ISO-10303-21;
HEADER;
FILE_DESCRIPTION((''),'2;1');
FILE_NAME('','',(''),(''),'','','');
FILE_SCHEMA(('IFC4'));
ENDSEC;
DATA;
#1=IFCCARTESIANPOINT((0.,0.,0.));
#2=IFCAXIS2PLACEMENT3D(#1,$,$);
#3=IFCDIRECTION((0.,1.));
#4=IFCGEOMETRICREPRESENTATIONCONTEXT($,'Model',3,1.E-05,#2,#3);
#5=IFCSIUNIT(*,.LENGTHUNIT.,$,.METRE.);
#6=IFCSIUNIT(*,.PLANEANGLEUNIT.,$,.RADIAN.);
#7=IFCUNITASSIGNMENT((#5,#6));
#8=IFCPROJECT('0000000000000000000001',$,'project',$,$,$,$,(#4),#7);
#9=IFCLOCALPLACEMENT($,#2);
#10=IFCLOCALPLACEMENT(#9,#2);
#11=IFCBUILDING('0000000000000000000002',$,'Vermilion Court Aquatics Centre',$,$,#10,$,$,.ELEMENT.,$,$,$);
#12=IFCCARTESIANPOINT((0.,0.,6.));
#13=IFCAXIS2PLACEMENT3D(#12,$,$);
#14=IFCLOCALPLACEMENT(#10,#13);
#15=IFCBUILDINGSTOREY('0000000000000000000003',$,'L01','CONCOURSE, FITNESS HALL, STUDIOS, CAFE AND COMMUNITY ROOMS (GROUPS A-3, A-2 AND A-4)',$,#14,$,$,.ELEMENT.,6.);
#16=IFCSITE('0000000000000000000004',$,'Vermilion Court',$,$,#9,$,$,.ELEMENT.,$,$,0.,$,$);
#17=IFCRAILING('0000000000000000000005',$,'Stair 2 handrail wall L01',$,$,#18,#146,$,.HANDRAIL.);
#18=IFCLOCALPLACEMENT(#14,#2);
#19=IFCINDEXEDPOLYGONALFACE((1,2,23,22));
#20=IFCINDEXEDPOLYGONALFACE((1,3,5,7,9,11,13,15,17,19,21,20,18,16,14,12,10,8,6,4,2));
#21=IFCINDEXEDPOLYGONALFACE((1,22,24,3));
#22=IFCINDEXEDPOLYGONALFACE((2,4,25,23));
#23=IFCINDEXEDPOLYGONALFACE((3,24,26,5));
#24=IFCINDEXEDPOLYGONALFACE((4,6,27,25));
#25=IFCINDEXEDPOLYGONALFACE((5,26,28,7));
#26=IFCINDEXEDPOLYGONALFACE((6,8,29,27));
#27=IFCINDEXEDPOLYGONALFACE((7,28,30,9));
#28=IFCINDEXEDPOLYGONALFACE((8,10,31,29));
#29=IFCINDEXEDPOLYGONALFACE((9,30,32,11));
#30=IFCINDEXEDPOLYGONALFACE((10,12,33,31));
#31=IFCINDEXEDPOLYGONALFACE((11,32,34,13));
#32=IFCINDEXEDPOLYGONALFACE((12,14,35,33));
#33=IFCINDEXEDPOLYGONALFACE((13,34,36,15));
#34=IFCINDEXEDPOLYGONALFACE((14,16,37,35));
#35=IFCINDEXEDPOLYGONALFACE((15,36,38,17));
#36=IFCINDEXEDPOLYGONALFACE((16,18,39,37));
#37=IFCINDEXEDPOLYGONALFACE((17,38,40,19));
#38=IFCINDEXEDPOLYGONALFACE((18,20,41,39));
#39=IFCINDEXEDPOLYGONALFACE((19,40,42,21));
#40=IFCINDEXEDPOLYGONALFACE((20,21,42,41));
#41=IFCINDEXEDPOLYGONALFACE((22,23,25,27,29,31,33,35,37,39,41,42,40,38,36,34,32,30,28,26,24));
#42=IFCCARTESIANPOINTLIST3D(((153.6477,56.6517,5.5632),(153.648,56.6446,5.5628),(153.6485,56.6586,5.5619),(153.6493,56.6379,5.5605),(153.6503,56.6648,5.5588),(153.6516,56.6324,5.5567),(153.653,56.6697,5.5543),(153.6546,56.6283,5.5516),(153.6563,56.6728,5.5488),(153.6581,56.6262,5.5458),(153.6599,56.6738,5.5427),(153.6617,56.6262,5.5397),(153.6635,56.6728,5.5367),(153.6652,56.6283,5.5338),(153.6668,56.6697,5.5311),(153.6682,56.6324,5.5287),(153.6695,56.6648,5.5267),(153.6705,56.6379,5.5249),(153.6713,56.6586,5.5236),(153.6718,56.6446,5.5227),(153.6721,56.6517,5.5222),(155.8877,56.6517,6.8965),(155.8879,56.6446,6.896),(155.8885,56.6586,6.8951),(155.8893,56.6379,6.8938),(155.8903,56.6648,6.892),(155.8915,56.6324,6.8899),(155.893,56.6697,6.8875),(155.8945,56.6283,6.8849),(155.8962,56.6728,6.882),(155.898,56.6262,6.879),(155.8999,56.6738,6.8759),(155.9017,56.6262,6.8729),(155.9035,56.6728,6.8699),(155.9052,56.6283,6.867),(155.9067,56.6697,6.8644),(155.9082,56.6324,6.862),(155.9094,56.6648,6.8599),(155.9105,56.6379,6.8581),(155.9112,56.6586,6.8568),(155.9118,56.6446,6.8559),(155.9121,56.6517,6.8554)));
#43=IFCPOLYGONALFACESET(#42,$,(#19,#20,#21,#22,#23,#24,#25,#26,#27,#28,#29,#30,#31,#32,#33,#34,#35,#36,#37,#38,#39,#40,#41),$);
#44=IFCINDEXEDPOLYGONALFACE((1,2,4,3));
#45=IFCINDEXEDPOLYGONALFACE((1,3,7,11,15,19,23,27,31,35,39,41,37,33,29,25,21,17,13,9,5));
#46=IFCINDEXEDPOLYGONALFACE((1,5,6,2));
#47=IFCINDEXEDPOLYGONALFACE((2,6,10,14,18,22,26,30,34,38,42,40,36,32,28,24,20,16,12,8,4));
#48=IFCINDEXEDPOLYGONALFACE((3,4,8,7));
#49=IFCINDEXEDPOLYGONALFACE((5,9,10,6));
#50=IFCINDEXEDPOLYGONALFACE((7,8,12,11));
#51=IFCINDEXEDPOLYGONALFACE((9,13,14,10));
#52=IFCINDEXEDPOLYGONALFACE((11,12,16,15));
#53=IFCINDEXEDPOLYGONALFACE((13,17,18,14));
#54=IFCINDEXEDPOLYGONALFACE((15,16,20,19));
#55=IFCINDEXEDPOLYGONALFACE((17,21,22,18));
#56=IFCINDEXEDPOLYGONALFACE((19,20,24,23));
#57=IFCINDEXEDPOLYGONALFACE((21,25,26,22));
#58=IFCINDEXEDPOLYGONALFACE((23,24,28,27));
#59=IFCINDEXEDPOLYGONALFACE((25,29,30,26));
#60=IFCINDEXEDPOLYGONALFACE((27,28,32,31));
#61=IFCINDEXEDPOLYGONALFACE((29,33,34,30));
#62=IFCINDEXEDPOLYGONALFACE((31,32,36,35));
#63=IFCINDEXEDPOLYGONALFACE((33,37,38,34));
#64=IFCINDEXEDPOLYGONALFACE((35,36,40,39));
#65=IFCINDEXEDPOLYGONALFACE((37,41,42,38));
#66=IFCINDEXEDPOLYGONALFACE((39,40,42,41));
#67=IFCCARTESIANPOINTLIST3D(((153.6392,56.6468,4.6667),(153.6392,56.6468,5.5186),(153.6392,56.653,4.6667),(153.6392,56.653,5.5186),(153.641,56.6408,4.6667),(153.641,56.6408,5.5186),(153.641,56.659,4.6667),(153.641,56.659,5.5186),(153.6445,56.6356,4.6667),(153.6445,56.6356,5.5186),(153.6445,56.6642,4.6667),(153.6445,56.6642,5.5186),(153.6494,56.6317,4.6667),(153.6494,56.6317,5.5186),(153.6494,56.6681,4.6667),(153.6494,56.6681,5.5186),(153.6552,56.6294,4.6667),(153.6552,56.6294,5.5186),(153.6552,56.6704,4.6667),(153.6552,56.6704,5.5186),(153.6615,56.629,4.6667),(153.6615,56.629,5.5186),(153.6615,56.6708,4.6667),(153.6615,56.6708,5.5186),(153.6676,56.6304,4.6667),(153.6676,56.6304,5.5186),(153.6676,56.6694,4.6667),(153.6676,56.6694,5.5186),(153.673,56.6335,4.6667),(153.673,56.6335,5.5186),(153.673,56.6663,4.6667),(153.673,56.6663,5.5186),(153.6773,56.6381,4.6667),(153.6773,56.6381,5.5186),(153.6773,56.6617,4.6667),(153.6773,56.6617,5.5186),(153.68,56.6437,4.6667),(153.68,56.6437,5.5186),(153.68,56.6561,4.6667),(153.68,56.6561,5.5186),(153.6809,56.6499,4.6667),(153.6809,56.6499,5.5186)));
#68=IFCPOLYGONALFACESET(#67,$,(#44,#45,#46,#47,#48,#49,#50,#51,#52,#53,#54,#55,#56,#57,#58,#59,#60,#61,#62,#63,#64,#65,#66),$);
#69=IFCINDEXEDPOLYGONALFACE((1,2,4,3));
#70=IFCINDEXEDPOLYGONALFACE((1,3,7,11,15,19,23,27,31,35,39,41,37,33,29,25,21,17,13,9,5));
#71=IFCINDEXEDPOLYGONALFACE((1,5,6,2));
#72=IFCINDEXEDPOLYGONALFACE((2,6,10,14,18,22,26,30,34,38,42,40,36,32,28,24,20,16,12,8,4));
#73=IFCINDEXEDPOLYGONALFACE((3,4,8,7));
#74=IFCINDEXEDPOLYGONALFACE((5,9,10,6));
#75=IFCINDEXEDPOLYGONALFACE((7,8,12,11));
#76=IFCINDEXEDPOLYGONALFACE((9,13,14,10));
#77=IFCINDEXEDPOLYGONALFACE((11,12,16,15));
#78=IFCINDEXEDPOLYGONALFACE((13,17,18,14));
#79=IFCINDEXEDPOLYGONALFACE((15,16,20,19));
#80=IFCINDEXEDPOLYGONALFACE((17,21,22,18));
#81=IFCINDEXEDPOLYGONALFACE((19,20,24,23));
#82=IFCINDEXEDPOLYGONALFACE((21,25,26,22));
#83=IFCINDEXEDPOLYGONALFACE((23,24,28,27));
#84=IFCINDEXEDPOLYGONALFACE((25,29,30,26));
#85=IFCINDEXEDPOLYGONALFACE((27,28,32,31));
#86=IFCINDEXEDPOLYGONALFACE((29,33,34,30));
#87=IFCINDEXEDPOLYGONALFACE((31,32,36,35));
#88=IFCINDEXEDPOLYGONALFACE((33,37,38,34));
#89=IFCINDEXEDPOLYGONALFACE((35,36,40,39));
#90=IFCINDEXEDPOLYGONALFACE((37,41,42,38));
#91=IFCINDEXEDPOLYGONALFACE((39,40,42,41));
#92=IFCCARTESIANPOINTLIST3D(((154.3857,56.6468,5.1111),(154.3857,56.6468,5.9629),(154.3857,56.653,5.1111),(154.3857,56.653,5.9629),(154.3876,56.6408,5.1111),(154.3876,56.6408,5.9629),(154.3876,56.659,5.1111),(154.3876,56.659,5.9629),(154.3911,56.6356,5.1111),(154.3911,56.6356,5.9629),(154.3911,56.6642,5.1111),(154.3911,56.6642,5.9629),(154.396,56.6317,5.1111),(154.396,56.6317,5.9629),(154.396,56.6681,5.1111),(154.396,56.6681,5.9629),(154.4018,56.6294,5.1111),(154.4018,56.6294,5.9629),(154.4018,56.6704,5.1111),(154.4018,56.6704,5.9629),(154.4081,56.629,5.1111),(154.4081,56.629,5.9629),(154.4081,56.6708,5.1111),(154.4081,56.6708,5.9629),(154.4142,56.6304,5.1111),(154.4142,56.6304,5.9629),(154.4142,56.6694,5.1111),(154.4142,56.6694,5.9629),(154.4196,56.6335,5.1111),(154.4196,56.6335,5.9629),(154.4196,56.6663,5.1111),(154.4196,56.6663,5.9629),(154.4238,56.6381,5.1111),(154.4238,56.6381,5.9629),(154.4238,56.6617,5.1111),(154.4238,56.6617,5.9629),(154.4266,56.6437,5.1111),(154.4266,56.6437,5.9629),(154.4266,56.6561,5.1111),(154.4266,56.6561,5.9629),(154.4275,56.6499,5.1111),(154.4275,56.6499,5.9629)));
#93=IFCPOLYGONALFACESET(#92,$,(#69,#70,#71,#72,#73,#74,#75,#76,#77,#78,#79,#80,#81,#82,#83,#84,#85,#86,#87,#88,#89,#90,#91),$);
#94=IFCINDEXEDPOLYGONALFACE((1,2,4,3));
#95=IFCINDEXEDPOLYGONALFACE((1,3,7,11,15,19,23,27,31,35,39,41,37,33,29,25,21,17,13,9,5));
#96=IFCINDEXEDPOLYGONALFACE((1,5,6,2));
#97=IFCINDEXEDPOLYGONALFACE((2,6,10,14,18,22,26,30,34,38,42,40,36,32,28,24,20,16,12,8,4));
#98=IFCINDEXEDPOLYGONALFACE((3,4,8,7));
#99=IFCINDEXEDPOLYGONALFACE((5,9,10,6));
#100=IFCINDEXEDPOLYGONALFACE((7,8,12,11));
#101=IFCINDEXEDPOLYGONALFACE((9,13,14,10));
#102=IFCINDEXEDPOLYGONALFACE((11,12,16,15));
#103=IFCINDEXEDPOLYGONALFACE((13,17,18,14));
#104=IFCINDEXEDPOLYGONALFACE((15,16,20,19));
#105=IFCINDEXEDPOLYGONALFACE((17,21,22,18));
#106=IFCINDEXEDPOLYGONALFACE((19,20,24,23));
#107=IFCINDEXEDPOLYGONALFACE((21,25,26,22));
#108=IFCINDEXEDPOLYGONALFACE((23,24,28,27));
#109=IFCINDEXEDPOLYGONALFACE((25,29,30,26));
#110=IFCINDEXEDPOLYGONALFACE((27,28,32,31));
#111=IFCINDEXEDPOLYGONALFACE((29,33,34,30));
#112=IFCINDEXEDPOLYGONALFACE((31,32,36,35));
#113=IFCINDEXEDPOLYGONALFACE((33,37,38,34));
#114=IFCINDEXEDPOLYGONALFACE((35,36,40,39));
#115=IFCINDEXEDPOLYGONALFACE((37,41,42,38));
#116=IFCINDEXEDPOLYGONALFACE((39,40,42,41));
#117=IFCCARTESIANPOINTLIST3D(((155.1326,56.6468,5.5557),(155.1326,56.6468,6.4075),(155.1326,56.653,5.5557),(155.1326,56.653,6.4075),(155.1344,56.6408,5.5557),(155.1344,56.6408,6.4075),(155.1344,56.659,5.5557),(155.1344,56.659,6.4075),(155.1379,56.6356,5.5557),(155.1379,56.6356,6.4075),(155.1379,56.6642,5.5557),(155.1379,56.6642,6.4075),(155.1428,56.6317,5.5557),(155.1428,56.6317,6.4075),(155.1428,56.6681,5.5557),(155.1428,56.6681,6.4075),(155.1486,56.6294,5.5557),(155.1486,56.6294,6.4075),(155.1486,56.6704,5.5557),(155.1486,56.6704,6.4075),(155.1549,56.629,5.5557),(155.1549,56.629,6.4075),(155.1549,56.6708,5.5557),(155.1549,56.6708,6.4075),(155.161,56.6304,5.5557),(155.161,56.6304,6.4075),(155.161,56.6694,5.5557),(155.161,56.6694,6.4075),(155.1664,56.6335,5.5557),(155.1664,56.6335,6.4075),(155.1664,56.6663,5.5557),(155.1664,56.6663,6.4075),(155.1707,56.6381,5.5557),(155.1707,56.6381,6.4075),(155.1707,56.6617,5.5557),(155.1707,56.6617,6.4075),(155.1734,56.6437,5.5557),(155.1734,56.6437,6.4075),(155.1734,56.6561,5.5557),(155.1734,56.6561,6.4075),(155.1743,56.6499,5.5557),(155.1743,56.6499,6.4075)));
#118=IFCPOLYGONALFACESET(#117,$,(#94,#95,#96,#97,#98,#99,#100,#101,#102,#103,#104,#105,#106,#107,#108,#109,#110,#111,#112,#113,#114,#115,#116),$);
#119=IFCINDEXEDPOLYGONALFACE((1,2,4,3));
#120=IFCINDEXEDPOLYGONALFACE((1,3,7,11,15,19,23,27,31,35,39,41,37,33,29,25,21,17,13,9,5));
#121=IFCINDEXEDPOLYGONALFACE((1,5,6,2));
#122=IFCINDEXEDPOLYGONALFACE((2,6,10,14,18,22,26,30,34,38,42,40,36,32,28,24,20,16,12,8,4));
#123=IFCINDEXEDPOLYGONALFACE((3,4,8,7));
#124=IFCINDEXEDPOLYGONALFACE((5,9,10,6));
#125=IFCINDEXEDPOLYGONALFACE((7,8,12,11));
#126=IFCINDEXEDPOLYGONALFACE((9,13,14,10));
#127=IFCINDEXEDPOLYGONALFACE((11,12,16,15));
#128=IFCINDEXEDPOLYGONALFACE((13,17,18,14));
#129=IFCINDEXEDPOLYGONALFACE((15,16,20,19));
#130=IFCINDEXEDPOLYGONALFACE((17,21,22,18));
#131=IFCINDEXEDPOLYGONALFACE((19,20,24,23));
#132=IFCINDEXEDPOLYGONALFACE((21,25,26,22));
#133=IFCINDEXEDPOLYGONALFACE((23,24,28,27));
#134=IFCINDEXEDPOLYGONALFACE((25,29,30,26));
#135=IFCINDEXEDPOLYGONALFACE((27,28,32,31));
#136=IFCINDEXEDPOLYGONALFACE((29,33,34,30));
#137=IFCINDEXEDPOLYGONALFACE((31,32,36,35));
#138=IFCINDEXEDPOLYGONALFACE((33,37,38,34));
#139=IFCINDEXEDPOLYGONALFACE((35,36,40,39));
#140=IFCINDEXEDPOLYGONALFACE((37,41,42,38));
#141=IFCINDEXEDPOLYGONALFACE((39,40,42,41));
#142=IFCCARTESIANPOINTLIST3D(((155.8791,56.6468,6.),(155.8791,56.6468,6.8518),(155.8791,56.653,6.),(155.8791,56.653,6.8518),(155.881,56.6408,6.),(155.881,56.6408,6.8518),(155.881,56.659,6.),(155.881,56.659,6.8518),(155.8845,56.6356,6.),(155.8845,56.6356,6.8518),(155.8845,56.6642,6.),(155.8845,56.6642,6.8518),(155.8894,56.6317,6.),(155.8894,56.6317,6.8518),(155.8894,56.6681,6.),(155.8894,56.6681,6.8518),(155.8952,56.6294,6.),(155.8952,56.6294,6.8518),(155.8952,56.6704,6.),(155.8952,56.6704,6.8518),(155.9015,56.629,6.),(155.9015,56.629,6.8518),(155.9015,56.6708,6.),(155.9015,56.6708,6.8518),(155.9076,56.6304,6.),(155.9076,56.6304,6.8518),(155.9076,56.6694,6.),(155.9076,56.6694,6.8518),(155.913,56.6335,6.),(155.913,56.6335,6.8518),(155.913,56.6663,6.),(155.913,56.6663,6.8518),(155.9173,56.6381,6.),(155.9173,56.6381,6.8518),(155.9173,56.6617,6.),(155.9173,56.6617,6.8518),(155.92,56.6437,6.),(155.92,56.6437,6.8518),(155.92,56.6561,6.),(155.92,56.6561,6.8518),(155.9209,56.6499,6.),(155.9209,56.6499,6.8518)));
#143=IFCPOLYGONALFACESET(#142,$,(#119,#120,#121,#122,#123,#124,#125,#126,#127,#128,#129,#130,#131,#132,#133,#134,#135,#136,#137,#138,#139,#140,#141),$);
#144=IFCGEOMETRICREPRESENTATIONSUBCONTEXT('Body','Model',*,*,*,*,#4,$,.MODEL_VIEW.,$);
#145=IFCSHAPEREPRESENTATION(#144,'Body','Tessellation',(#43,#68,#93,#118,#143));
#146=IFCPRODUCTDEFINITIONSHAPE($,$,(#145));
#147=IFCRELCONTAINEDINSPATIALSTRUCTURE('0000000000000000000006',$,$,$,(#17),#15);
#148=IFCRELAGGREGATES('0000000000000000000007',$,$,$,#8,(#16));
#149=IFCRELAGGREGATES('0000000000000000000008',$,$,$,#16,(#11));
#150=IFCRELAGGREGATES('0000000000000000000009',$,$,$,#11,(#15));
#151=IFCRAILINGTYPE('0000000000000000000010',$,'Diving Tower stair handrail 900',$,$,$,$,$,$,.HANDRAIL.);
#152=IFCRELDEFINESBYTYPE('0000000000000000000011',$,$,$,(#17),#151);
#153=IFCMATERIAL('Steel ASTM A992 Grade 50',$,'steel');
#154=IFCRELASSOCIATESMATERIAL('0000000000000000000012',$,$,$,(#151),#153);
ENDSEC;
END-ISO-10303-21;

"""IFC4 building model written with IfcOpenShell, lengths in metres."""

from ifc_helpers import new_model, si_unit, direction, frame, origin, origin_2d, place, context, subcontext, project, spatial, circle, extrude, material, type_object, element, save


model = new_model("IFC4")

# Units and contexts
model_context = context("Model", 3, precision=1e-05, world=origin(), true_north=direction((0.0, 1.0)))
body_context = subcontext(model_context, "Body", "Model", "MODEL_VIEW")
ifc_project = project(units=[si_unit("LENGTHUNIT", "METRE"), si_unit("PLANEANGLEUNIT", "RADIAN")], contexts=[model_context])

# Site, building, storey
site_placement = place(None, origin())
site = spatial("IfcSite", under=ifc_project, at=site_placement, Name="Vermilion Court", CompositionType="ELEMENT", RefElevation=0.0)
building_placement = place(site_placement, origin())
building = spatial("IfcBuilding", under=site, at=building_placement, Name="Vermilion Court Aquatics Centre", CompositionType="ELEMENT")
storey_placement = place(building_placement, frame((0.0, 0.0, 6.0)))
storey = spatial("IfcBuildingStorey", under=building, at=storey_placement, Name="L01", Description="CONCOURSE, FITNESS HALL, STUDIOS, CAFE AND COMMUNITY ROOMS (GROUPS A-3, A-2 AND A-4)", CompositionType="ELEMENT", Elevation=6.0)

# Railing
ifc_material_1 = material(Name="Steel ASTM A992 Grade 50", Category="steel")
railing_type_1 = type_object("IfcRailingType", Name="Diving Tower stair handrail 900", PredefinedType="HANDRAIL", material=ifc_material_1)
railing_1_placement = place(storey_placement, frame((153.6599, 56.6499, 4.6667)))
element("IfcRailing", 1, at=railing_1_placement, inside=storey, type_object=railing_type_1, Name="Stair 2 handrail wall L01", PredefinedType="HANDRAIL", context=body_context, shape_type="SweptSolid", body=[
    extrude(circle(Radius=0.0239, at=origin_2d()), frame((0.0, 0.0, 0.876), z_axis=(0.859306, 0.0, 0.511462), x_axis=(0.0, 1.0, 0.0)), (0.0, 0.0, 1.0), 2.6067),
    extrude(circle(Radius=0.021, at=origin_2d()), origin(), (0.0, 0.0, 1.0), 0.8518),
    extrude(circle(Radius=0.021, at=origin_2d()), frame((0.7466, 0.0, 0.4443)), (0.0, 0.0, 1.0), 0.8518),
    extrude(circle(Radius=0.021, at=origin_2d()), frame((1.4934, 0.0, 0.8889)), (0.0, 0.0, 1.0), 0.8518),
    extrude(circle(Radius=0.021, at=origin_2d()), frame((2.24, 0.0, 1.3333)), (0.0, 0.0, 1.0), 0.8518),
])

save(model, "model.ifc")
